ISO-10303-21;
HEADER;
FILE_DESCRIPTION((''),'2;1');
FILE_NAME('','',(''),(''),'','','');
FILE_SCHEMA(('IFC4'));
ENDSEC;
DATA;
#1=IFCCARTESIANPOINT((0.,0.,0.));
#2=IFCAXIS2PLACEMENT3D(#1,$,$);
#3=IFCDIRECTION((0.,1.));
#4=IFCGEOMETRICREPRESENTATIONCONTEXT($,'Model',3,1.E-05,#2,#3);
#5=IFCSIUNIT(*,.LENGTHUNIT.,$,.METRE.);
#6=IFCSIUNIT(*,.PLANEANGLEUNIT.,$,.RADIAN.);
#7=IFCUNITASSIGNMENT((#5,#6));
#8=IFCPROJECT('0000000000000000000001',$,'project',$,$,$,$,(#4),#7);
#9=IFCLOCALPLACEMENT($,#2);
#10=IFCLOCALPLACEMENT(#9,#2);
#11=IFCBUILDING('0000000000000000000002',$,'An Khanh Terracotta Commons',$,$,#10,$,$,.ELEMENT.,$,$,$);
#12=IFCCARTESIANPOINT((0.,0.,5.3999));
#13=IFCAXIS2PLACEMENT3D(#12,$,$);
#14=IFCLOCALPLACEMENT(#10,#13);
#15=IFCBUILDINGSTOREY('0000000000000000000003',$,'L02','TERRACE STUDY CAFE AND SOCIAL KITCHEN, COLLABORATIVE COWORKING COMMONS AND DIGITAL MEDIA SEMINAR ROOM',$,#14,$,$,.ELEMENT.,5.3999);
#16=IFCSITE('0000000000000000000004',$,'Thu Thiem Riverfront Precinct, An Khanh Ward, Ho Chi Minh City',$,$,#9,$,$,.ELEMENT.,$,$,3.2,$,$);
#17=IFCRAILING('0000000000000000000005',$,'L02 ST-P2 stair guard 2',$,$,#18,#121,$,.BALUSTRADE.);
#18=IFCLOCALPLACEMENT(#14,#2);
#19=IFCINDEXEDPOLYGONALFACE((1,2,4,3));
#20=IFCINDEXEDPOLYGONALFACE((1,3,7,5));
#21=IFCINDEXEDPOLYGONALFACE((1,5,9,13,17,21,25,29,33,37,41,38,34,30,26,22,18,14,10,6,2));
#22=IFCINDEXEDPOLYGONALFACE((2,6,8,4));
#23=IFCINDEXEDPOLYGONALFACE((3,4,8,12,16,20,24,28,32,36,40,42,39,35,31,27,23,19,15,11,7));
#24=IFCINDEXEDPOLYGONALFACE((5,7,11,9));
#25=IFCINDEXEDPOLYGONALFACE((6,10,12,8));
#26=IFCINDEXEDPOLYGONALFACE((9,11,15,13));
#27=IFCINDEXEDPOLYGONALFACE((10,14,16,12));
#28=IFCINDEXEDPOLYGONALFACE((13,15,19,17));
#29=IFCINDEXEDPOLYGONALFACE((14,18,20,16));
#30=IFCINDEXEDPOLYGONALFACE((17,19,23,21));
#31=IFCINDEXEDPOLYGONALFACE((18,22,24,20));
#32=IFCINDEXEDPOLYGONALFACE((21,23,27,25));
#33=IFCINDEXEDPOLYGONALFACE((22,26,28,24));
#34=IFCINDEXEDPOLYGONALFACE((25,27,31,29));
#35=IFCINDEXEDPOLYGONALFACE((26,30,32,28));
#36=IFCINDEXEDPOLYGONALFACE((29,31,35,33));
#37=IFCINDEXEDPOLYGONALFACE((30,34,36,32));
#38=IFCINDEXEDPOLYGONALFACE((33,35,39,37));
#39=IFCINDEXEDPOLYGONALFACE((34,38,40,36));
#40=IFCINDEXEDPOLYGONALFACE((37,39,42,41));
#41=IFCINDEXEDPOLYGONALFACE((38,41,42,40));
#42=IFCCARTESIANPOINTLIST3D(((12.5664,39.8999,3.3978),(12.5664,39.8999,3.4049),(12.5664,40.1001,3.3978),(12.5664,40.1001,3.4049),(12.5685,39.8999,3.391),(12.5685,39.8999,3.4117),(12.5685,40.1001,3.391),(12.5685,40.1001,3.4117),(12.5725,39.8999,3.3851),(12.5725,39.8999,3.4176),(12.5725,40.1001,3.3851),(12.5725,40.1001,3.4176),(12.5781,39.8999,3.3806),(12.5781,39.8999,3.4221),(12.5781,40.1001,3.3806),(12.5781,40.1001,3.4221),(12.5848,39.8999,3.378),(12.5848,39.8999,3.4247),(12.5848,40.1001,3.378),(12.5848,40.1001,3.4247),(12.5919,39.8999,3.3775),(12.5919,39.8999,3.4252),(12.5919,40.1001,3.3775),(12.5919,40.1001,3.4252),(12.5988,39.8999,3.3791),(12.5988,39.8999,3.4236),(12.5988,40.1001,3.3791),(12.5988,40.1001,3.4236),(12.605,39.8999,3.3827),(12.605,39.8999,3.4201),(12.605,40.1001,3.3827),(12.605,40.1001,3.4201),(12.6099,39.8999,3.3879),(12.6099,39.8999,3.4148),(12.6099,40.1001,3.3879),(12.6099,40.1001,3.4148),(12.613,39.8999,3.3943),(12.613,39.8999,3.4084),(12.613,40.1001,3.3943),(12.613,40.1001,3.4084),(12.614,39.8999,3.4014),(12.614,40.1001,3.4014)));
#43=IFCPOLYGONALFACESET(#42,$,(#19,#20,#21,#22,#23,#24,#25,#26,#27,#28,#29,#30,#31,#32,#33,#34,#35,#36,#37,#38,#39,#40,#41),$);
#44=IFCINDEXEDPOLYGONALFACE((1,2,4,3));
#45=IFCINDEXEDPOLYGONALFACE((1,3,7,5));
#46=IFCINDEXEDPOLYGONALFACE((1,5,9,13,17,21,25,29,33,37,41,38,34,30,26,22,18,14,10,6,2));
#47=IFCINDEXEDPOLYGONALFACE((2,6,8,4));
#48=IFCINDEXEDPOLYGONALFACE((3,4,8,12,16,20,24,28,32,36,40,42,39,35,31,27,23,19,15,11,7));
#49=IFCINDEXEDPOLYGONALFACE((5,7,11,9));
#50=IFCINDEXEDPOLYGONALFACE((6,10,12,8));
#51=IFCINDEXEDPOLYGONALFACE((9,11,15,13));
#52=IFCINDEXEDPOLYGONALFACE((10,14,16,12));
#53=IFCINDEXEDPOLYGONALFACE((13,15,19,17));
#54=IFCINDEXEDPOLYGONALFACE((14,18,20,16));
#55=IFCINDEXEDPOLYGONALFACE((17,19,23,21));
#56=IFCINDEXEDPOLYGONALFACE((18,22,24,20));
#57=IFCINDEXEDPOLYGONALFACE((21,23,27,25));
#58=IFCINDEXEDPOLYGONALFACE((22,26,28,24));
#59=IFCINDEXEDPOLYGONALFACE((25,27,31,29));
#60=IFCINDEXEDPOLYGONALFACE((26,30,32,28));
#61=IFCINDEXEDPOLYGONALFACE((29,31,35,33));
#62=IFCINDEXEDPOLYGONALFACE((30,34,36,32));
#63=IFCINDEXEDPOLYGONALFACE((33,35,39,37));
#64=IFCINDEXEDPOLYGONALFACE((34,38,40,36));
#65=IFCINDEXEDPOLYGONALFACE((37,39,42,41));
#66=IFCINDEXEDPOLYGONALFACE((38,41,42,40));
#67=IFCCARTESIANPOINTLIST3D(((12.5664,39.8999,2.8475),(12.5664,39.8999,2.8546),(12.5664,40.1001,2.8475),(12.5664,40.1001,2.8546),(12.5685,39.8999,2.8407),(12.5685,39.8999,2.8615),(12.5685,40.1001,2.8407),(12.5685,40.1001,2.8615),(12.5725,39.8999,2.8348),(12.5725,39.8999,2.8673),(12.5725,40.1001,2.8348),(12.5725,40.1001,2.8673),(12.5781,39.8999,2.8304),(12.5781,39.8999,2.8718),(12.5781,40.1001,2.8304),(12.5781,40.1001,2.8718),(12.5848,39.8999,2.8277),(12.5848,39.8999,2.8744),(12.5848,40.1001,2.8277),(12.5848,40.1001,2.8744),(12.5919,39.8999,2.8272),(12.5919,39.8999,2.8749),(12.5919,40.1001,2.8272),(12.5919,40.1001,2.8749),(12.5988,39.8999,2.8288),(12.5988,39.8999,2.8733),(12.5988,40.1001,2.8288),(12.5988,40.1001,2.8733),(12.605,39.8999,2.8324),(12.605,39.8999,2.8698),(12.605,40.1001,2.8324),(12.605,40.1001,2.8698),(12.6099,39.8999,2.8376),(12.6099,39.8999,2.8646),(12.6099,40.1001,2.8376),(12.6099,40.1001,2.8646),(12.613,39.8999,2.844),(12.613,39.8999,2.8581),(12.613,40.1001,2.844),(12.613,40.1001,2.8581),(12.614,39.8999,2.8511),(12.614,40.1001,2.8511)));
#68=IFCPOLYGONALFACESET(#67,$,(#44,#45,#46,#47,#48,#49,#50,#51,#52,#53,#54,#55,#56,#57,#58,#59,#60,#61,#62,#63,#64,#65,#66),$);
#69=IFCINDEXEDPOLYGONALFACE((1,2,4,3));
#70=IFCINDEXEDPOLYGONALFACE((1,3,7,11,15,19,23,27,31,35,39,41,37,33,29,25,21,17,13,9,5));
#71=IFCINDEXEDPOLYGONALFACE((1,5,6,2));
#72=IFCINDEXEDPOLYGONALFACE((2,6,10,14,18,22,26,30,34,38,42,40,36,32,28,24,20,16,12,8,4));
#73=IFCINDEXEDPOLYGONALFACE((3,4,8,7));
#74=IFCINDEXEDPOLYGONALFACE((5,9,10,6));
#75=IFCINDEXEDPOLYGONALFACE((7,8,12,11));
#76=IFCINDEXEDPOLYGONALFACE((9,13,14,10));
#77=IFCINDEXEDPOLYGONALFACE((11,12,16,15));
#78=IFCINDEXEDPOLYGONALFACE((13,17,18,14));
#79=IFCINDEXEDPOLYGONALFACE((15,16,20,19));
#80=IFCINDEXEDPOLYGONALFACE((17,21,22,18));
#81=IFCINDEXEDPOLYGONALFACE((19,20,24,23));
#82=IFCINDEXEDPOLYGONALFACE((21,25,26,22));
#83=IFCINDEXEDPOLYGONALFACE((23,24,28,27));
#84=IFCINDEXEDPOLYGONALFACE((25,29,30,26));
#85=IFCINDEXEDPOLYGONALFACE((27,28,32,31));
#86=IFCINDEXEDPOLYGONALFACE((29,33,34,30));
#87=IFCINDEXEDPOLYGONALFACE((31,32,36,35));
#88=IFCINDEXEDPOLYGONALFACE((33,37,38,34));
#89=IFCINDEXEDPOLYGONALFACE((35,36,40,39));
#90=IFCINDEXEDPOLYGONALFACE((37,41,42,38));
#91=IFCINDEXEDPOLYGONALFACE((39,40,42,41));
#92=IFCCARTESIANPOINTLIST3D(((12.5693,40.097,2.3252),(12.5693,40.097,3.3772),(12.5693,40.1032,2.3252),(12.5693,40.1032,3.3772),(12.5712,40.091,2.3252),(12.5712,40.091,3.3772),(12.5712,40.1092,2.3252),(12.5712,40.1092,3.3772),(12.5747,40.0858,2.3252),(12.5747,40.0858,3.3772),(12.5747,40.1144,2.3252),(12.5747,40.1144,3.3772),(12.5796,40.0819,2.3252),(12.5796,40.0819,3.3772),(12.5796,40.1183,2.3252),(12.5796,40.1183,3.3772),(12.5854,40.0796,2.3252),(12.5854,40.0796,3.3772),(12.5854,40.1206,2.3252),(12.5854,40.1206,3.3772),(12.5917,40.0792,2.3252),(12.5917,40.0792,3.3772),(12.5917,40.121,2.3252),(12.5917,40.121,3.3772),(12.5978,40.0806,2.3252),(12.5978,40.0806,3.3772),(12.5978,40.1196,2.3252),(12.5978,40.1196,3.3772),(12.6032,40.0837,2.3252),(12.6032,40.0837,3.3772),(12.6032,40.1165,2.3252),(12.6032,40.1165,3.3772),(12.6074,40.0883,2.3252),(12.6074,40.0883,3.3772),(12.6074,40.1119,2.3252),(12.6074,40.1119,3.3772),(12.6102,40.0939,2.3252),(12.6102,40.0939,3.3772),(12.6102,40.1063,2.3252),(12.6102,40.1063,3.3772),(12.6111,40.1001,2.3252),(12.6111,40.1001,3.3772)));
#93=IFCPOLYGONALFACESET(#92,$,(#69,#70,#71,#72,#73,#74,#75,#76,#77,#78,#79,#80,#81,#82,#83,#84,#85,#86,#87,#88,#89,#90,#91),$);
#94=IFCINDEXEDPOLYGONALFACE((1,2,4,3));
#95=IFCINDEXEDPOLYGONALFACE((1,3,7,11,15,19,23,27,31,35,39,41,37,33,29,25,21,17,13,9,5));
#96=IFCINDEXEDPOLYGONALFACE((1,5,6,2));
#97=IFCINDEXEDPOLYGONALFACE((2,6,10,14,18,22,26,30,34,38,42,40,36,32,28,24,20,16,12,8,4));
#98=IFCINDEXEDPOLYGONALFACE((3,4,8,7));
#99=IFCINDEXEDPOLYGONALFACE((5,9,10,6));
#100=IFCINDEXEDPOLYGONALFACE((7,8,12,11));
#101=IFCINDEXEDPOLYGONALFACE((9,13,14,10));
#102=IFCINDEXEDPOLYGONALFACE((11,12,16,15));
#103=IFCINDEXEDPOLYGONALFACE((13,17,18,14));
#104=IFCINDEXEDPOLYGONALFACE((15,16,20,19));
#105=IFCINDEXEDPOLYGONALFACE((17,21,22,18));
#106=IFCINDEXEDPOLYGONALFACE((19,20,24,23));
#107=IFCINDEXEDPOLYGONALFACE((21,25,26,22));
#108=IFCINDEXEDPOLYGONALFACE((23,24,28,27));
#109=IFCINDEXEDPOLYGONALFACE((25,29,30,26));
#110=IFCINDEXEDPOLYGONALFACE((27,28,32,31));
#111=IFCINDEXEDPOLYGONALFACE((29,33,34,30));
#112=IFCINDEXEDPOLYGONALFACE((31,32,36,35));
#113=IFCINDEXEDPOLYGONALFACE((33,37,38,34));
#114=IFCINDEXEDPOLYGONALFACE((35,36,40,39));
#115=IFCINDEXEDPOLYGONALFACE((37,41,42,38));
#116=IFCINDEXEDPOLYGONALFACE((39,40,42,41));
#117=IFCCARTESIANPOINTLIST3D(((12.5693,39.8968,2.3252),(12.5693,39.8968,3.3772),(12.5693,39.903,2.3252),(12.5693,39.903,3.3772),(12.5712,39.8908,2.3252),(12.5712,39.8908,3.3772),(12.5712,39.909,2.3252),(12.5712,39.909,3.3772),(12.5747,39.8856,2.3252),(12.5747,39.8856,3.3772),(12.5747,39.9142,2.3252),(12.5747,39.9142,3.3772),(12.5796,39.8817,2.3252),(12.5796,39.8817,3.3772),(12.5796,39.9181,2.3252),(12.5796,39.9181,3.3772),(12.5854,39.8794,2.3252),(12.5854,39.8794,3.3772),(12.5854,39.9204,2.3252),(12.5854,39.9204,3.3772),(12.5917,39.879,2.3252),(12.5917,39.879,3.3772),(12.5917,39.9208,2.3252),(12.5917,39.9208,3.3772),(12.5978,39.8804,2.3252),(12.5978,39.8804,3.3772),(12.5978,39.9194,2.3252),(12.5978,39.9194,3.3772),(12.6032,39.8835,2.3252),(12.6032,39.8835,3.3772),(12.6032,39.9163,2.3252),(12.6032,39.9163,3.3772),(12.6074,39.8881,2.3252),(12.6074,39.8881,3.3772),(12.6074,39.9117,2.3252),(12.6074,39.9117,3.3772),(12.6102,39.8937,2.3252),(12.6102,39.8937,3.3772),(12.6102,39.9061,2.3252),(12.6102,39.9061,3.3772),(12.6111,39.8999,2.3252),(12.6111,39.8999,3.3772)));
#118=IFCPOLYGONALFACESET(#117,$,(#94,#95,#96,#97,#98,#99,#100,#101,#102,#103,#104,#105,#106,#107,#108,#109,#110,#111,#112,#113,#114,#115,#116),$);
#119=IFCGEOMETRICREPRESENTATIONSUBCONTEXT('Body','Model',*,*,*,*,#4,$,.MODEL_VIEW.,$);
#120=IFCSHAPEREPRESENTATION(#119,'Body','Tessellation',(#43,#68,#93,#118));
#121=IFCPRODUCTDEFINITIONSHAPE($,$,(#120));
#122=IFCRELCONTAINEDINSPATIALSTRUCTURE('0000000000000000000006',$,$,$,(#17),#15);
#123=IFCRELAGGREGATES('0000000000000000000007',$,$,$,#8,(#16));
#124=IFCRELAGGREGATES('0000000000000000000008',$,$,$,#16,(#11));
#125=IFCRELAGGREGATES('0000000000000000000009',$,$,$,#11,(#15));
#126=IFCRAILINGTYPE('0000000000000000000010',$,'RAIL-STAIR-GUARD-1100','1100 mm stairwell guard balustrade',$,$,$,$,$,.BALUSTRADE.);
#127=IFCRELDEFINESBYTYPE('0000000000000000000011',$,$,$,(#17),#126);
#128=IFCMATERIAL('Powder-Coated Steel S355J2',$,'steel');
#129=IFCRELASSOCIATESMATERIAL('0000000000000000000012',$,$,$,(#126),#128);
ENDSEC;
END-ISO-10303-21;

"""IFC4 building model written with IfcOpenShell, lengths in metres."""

from ifc_helpers import new_model, si_unit, direction, frame, origin, origin_2d, place, context, subcontext, project, spatial, circle, extrude, material, type_object, element, save


model = new_model("IFC4")

# Units and contexts
model_context = context("Model", 3, precision=1e-05, world=origin(), true_north=direction((0.0, 1.0)))
body_context = subcontext(model_context, "Body", "Model", "MODEL_VIEW")
ifc_project = project(units=[si_unit("LENGTHUNIT", "METRE"), si_unit("PLANEANGLEUNIT", "RADIAN")], contexts=[model_context])

# Site, building, storey
site_placement = place(None, origin())
site = spatial("IfcSite", under=ifc_project, at=site_placement, Name="Thu Thiem Riverfront Precinct, An Khanh Ward, Ho Chi Minh City", CompositionType="ELEMENT", RefElevation=3.2)
building_placement = place(site_placement, origin())
building = spatial("IfcBuilding", under=site, at=building_placement, Name="An Khanh Terracotta Commons", CompositionType="ELEMENT")
storey_placement = place(building_placement, frame((0.0, 0.0, 5.3999)))
storey = spatial("IfcBuildingStorey", under=building, at=storey_placement, Name="L02", Description="TERRACE STUDY CAFE AND SOCIAL KITCHEN, COLLABORATIVE COWORKING COMMONS AND DIGITAL MEDIA SEMINAR ROOM", CompositionType="ELEMENT", Elevation=5.3999)

# Railing
ifc_material_1 = material(Name="Powder-Coated Steel S355J2", Category="steel")
railing_type_1 = type_object("IfcRailingType", Name="RAIL-STAIR-GUARD-1100", Description="1100 mm stairwell guard balustrade", PredefinedType="BALUSTRADE", material=ifc_material_1)
railing_1_placement = place(storey_placement, frame((12.5901, 40.1001, 2.3252)))
element("IfcRailing", 1, at=railing_1_placement, inside=storey, type_object=railing_type_1, Name="L02 ST-P2 stair guard 2", PredefinedType="BALUSTRADE", context=body_context, shape_type="SweptSolid", body=[
    extrude(circle(Radius=0.0239, at=origin_2d()), frame((0.0, 0.0, 1.0762), z_axis=(0.0, -1.0, 0.0), x_axis=(1.0, 0.0, 0.0)), (0.0, 0.0, 1.0), 0.2002),
    extrude(circle(Radius=0.0239, at=origin_2d()), frame((0.0, 0.0, 0.5259), z_axis=(0.0, -1.0, 0.0), x_axis=(1.0, 0.0, 0.0)), (0.0, 0.0, 1.0), 0.2002),
    extrude(circle(Radius=0.021, at=origin_2d()), origin(), (0.0, 0.0, 1.0), 1.052),
    extrude(circle(Radius=0.021, at=origin_2d()), frame((0.0, -0.2002, 0.0)), (0.0, 0.0, 1.0), 1.052),
])

save(model, "model.ifc")
